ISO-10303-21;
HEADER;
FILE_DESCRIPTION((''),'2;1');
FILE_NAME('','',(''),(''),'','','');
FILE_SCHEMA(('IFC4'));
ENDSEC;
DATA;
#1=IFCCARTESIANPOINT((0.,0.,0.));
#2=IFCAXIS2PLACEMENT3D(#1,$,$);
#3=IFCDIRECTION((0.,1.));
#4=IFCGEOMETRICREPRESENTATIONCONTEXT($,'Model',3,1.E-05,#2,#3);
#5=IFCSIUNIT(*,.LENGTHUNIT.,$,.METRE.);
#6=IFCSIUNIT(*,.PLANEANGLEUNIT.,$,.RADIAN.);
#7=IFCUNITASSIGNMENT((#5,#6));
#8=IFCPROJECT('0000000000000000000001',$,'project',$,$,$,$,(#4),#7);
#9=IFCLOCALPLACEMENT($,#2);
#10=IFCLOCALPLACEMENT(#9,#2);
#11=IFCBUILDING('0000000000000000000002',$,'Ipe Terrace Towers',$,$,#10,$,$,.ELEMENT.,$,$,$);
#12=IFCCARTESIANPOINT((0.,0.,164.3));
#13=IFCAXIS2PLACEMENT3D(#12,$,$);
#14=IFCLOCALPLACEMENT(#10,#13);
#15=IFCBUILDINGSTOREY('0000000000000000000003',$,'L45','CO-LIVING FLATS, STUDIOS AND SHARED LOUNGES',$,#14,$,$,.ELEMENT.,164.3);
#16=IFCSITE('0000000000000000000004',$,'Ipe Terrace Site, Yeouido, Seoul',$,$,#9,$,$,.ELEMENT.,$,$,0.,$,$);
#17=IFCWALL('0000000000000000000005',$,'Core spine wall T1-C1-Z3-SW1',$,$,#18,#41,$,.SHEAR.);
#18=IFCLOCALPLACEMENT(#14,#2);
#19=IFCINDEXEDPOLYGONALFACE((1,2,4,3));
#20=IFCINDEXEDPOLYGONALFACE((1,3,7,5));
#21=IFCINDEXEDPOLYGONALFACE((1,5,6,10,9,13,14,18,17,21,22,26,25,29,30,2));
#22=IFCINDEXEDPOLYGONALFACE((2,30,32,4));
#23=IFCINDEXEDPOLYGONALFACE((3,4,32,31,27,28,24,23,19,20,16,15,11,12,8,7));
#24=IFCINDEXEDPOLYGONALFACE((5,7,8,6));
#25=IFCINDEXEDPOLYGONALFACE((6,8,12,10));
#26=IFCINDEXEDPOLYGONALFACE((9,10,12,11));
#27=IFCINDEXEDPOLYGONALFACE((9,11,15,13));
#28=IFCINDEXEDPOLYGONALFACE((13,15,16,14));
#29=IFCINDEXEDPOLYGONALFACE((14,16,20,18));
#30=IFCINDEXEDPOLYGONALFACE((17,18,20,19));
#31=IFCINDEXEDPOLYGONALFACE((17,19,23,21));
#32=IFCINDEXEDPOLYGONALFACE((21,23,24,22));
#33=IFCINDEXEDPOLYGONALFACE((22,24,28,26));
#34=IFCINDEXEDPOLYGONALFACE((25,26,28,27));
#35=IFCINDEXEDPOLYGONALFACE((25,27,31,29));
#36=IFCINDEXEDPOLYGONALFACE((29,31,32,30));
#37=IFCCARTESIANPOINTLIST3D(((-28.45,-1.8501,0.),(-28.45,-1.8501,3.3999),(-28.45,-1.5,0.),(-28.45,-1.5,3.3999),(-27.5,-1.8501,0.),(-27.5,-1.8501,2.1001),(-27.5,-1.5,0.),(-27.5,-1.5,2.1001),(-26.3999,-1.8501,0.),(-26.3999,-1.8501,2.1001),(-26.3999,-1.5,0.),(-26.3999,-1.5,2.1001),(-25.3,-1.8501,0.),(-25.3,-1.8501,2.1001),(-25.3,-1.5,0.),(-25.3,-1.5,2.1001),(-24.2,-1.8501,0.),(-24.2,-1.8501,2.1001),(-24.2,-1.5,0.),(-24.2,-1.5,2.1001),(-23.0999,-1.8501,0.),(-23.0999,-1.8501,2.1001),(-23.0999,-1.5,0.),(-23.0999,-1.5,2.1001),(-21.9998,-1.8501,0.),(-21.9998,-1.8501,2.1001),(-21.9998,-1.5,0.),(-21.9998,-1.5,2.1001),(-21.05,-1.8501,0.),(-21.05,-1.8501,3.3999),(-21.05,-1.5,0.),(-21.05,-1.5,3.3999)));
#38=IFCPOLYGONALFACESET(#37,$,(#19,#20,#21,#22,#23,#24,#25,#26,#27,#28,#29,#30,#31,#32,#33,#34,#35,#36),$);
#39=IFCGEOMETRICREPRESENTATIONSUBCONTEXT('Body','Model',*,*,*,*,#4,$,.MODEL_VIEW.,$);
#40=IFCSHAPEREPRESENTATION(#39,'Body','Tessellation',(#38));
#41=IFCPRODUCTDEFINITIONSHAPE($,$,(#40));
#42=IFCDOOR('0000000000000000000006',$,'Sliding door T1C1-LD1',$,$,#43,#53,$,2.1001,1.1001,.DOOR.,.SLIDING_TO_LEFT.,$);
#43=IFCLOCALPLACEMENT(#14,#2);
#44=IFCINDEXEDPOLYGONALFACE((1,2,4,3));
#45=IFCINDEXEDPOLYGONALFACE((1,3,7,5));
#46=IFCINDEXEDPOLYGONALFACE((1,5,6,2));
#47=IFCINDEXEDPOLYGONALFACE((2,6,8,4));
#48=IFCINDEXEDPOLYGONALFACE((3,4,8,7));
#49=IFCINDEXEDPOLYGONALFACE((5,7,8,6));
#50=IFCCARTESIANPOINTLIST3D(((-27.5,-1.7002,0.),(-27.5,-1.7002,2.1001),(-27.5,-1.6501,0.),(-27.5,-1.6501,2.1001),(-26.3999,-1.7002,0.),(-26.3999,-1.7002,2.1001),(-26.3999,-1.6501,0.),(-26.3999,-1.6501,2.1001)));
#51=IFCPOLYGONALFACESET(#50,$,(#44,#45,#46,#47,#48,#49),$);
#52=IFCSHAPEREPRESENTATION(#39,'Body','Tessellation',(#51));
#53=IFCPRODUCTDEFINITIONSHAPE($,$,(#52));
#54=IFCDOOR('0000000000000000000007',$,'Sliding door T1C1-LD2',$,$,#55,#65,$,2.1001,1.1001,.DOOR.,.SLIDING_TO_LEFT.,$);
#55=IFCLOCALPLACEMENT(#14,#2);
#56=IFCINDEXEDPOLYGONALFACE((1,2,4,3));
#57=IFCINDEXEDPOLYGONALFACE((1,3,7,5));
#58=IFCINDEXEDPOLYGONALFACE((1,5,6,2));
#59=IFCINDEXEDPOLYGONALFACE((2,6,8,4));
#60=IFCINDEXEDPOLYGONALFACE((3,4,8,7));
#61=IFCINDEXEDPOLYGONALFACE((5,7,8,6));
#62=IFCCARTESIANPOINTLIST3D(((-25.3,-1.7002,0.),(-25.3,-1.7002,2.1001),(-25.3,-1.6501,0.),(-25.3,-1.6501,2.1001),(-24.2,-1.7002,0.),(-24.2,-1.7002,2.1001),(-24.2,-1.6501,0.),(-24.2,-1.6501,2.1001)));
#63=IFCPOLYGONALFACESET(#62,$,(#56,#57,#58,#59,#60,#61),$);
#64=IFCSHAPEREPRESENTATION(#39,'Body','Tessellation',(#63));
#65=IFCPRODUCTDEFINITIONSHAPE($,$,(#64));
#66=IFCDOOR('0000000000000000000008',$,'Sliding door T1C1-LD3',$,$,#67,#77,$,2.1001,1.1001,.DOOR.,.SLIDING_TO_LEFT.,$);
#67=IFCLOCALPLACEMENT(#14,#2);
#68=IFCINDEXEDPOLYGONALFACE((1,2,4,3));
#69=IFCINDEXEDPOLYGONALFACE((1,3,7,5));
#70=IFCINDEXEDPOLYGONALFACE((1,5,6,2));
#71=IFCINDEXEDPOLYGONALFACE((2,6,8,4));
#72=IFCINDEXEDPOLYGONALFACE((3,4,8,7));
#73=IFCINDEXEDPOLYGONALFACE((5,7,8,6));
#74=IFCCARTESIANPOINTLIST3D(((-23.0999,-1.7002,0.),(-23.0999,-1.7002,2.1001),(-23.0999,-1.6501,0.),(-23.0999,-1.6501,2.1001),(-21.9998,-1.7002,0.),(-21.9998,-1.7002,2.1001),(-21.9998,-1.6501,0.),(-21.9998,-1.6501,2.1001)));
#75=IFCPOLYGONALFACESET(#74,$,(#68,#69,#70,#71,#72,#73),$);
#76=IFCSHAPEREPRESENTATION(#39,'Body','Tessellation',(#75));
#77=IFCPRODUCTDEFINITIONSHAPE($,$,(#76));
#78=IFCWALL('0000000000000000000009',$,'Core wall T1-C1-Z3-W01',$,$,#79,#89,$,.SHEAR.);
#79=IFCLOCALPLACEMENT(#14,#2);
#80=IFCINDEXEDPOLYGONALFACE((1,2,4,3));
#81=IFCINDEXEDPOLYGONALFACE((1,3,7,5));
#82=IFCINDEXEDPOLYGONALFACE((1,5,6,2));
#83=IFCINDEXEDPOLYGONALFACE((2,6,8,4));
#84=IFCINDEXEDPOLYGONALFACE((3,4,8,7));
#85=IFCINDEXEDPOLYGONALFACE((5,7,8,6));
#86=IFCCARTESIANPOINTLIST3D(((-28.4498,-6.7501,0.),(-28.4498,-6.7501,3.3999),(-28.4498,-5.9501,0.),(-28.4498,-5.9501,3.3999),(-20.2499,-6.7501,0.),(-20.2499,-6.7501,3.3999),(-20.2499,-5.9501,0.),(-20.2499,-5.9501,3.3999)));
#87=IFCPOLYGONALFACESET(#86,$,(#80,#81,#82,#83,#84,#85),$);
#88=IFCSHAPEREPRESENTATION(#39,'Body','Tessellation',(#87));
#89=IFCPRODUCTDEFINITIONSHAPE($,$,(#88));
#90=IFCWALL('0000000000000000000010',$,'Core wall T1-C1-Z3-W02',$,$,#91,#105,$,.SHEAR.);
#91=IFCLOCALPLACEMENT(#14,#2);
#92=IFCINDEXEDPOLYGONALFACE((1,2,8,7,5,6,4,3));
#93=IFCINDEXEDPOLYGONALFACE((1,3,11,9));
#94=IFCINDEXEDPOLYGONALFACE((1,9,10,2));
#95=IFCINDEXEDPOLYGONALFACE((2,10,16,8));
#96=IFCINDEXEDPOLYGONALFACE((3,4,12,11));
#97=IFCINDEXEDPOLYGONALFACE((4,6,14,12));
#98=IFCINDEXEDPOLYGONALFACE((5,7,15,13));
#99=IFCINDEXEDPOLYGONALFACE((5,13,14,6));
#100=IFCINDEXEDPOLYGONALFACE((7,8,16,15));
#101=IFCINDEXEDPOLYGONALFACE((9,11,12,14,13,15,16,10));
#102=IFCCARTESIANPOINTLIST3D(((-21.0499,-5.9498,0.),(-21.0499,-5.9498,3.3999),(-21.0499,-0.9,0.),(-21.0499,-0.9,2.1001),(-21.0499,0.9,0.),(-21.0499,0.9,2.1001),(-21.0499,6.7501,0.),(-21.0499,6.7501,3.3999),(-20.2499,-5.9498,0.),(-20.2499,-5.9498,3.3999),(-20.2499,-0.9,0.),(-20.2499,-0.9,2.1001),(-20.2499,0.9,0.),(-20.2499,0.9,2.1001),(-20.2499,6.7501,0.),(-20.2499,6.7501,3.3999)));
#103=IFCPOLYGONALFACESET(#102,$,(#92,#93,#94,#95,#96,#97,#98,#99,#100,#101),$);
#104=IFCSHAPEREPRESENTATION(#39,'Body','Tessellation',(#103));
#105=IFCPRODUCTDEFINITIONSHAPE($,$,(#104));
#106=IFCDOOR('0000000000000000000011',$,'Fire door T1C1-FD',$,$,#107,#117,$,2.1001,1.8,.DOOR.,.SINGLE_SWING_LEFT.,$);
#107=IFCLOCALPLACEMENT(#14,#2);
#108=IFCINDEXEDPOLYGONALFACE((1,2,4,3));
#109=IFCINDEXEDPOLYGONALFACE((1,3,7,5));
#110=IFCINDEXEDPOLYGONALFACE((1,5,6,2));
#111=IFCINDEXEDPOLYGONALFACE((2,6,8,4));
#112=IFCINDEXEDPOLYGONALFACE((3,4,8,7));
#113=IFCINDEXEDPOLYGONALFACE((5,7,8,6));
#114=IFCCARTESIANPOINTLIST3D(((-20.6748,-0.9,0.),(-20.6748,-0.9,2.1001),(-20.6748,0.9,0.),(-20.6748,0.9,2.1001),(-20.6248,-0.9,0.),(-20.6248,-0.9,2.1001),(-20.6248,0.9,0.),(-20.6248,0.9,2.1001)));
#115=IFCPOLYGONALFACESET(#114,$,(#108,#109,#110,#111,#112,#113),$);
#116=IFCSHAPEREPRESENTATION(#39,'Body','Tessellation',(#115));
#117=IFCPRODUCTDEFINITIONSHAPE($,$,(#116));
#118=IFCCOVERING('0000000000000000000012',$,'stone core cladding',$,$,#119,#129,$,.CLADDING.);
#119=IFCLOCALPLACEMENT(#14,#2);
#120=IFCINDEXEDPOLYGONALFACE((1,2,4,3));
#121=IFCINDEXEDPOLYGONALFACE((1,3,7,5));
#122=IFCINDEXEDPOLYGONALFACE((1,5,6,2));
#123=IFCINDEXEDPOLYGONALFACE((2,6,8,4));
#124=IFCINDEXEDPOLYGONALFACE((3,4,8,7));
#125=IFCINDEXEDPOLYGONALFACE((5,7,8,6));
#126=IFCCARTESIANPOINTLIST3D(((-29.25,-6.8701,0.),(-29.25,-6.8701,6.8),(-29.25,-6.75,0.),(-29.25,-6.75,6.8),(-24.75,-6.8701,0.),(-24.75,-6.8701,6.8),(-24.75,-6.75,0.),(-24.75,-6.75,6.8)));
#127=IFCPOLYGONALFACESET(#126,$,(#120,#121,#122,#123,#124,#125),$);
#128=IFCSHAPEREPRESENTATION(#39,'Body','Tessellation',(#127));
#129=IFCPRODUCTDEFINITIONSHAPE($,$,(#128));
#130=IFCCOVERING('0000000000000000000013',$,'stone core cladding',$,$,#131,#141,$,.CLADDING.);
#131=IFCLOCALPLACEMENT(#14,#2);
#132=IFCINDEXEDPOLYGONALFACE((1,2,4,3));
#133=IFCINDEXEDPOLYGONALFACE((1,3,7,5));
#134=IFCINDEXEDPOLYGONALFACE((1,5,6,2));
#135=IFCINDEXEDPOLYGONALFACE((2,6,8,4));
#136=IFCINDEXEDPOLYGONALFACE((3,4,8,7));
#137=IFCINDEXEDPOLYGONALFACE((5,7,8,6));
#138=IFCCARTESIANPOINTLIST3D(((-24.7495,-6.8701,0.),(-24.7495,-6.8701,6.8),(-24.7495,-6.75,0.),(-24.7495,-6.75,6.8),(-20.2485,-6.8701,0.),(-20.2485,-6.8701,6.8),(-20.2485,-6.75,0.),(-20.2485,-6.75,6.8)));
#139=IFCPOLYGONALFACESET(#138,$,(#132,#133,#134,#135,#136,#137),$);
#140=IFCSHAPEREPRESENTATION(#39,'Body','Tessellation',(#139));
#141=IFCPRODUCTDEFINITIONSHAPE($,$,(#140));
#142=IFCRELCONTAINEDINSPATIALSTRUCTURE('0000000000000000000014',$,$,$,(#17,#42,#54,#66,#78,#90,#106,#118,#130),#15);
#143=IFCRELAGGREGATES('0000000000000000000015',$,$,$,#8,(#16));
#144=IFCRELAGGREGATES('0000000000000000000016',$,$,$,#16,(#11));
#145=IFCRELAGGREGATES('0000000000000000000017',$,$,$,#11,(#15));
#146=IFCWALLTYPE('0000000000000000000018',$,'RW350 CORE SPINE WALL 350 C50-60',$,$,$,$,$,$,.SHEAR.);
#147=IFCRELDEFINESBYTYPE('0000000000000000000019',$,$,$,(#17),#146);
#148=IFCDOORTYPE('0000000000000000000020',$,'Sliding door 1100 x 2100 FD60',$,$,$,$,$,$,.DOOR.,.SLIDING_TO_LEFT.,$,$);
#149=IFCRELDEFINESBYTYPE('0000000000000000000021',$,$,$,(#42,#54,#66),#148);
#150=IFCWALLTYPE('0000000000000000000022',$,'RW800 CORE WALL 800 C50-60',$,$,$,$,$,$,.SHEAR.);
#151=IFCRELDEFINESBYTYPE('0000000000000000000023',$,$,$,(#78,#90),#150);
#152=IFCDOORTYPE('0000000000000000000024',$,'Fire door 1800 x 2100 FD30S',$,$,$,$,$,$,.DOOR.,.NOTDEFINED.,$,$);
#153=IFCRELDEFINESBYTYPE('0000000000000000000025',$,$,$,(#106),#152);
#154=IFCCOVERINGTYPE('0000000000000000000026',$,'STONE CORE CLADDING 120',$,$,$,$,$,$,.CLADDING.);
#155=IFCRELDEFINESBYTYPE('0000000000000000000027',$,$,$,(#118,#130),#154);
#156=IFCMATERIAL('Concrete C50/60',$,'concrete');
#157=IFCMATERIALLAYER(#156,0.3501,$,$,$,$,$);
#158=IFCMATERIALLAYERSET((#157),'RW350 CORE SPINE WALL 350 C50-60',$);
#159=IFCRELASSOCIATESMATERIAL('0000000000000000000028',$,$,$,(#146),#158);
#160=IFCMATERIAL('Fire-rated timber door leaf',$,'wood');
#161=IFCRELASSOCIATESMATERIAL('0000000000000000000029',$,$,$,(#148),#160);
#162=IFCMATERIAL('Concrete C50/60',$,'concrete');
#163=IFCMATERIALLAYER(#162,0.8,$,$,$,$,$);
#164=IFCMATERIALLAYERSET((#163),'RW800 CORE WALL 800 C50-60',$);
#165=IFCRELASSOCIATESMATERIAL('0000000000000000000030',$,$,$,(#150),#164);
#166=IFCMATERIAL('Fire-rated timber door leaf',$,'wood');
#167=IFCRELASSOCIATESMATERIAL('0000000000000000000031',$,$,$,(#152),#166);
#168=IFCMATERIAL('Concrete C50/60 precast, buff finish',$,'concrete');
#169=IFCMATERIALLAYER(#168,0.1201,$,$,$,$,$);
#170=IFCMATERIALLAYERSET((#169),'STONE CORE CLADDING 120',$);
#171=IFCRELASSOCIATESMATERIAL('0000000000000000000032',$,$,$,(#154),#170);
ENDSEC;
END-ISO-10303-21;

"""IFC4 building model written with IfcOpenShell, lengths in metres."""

from ifc_helpers import new_model, si_unit, direction, frame, frame_2d, origin, origin_2d, place, context, subcontext, project, spatial, rectangle, extrude, material, layer, layer_set, type_object, element, fill, save


model = new_model("IFC4")

# Units and contexts
model_context = context("Model", 3, precision=1e-05, world=origin(), true_north=direction((0.0, 1.0)))
body_context = subcontext(model_context, "Body", "Model", "MODEL_VIEW")
ifc_project = project(units=[si_unit("LENGTHUNIT", "METRE"), si_unit("PLANEANGLEUNIT", "RADIAN")], contexts=[model_context])

# Site, building, storey
site_placement = place(None, origin())
site = spatial("IfcSite", under=ifc_project, at=site_placement, Name="Ipe Terrace Site, Yeouido, Seoul", CompositionType="ELEMENT", RefElevation=0.0)
building_placement = place(site_placement, origin())
building = spatial("IfcBuilding", under=site, at=building_placement, Name="Ipe Terrace Towers", CompositionType="ELEMENT")
storey_placement = place(building_placement, frame((0.0, 0.0, 164.3)))
storey = spatial("IfcBuildingStorey", under=building, at=storey_placement, Name="L45", Description="CO-LIVING FLATS, STUDIOS AND SHARED LOUNGES", CompositionType="ELEMENT", Elevation=164.3)

# Wall, openings, doors
ifc_material_1 = material(Name="Concrete C50/60", Category="concrete")
ifc_layer_1 = layer(ifc_material_1, 0.3501)
ifc_layer_set_1 = layer_set([ifc_layer_1], Name="RW350 CORE SPINE WALL 350 C50-60")
wall_type_1 = type_object("IfcWallType", Name="RW350 CORE SPINE WALL 350 C50-60", PredefinedType="SHEAR", material=ifc_layer_set_1)
wall_1_placement = place(storey_placement, frame((-28.45, -1.675, 0.0), z_axis=(0.0, 0.0, 1.0), x_axis=(1.0, 0.0, 0.0)))
wall_1 = element("IfcWall", 1, at=wall_1_placement, inside=storey, type_object=wall_type_1, Name="Core spine wall T1-C1-Z3-SW1", PredefinedType="SHEAR", context=body_context, shape_type="SweptSolid", body=[
    extrude(rectangle(XDim=7.3999, YDim=0.3501, at=frame_2d((3.7, 0.0))), origin(), (0.0, 0.0, 1.0), 3.3999),
])
opening_1_placement = place(wall_1_placement, frame((0.95, 0.0, 0.0)))
opening_1 = element("IfcOpeningElement", 2, at=opening_1_placement, cuts=wall_1, PredefinedType="OPENING", context=body_context, shape_type="SweptSolid", body=[
    extrude(rectangle(XDim=1.1001, YDim=2.1001, at=frame_2d((0.55, 1.05))), frame((0.0, 0.1851, 0.0), z_axis=(0.0, -1.0, 0.0), x_axis=(1.0, 0.0, 0.0)), (0.0, 0.0, 1.0), 0.3701),
])
opening_2_placement = place(wall_1_placement, frame((3.1499, 0.0, 0.0)))
opening_2 = element("IfcOpeningElement", 3, at=opening_2_placement, cuts=wall_1, PredefinedType="OPENING", context=body_context, shape_type="SweptSolid", body=[
    extrude(rectangle(XDim=1.1001, YDim=2.1001, at=frame_2d((0.55, 1.05))), frame((0.0, 0.1851, 0.0), z_axis=(0.0, -1.0, 0.0), x_axis=(1.0, 0.0, 0.0)), (0.0, 0.0, 1.0), 0.3701),
])
opening_3_placement = place(wall_1_placement, frame((5.3501, 0.0, 0.0)))
opening_3 = element("IfcOpeningElement", 4, at=opening_3_placement, cuts=wall_1, PredefinedType="OPENING", context=body_context, shape_type="SweptSolid", body=[
    extrude(rectangle(XDim=1.1001, YDim=2.1001, at=frame_2d((0.55, 1.05))), frame((0.0, 0.1851, 0.0), z_axis=(0.0, -1.0, 0.0), x_axis=(1.0, 0.0, 0.0)), (0.0, 0.0, 1.0), 0.3701),
])
ifc_material_2 = material(Name="Fire-rated timber door leaf", Category="wood")
door_type_1 = type_object("IfcDoorType", Name="Sliding door 1100 x 2100 FD60", OperationType="SLIDING_TO_LEFT", PredefinedType="DOOR", material=ifc_material_2)
door_1_placement = place(opening_1_placement, origin())
door_1 = element("IfcDoor", 5, at=door_1_placement, inside=storey, type_object=door_type_1, Name="Sliding door T1C1-LD1", OperationType="SLIDING_TO_LEFT", OverallHeight=2.1001, OverallWidth=1.1001, PredefinedType="DOOR", context=body_context, shape_type="SweptSolid", body=[
    extrude(rectangle(XDim=1.1001, YDim=2.1001, at=frame_2d((0.55, 1.05))), frame((0.0, 0.0249, 0.0), z_axis=(0.0, -1.0, 0.0), x_axis=(1.0, 0.0, 0.0)), (0.0, 0.0, 1.0), 0.05),
])
fill(opening_1, door_1)
door_2_placement = place(opening_2_placement, origin())
door_2 = element("IfcDoor", 6, at=door_2_placement, inside=storey, type_object=door_type_1, Name="Sliding door T1C1-LD2", OperationType="SLIDING_TO_LEFT", OverallHeight=2.1001, OverallWidth=1.1001, PredefinedType="DOOR", context=body_context, shape_type="SweptSolid", body=[
    extrude(rectangle(XDim=1.1001, YDim=2.1001, at=frame_2d((0.55, 1.05))), frame((0.0, 0.0249, 0.0), z_axis=(0.0, -1.0, 0.0), x_axis=(1.0, 0.0, 0.0)), (0.0, 0.0, 1.0), 0.05),
])
fill(opening_2, door_2)
door_3_placement = place(opening_3_placement, origin())
door_3 = element("IfcDoor", 7, at=door_3_placement, inside=storey, type_object=door_type_1, Name="Sliding door T1C1-LD3", OperationType="SLIDING_TO_LEFT", OverallHeight=2.1001, OverallWidth=1.1001, PredefinedType="DOOR", context=body_context, shape_type="SweptSolid", body=[
    extrude(rectangle(XDim=1.1001, YDim=2.1001, at=frame_2d((0.55, 1.05))), frame((0.0, 0.0249, 0.0), z_axis=(0.0, -1.0, 0.0), x_axis=(1.0, 0.0, 0.0)), (0.0, 0.0, 1.0), 0.05),
])
fill(opening_3, door_3)

# Wall
ifc_material_3 = material(Name="Concrete C50/60", Category="concrete")
ifc_layer_2 = layer(ifc_material_3, 0.8)
ifc_layer_set_2 = layer_set([ifc_layer_2], Name="RW800 CORE WALL 800 C50-60")
wall_type_2 = type_object("IfcWallType", Name="RW800 CORE WALL 800 C50-60", PredefinedType="SHEAR", material=ifc_layer_set_2)
wall_2_placement = place(storey_placement, frame((-28.45, -6.3501, 0.0), z_axis=(0.0, 0.0, 1.0), x_axis=(1.0, 0.0, 0.0)))
element("IfcWall", 8, at=wall_2_placement, inside=storey, type_object=wall_type_2, Name="Core wall T1-C1-Z3-W01", PredefinedType="SHEAR", context=body_context, shape_type="SweptSolid", body=[
    extrude(rectangle(XDim=8.2, YDim=0.8, at=frame_2d((4.1001, 0.0))), origin(), (0.0, 0.0, 1.0), 3.3999),
])

# Wall, opening, door
wall_3_placement = place(storey_placement, frame((-20.6499, -5.95, 0.0), z_axis=(0.0, 0.0, 1.0), x_axis=(0.0, 1.0, 0.0)))
wall_3 = element("IfcWall", 9, at=wall_3_placement, inside=storey, type_object=wall_type_2, Name="Core wall T1-C1-Z3-W02", PredefinedType="SHEAR", context=body_context, shape_type="SweptSolid", body=[
    extrude(rectangle(XDim=12.7, YDim=0.8, at=frame_2d((6.3501, 0.0))), origin(), (0.0, 0.0, 1.0), 3.3999),
])
opening_4_placement = place(wall_3_placement, frame((5.05, 0.0, 0.0)))
opening_4 = element("IfcOpeningElement", 10, at=opening_4_placement, cuts=wall_3, PredefinedType="OPENING", context=body_context, shape_type="SweptSolid", body=[
    extrude(rectangle(XDim=1.8, YDim=2.1001, at=frame_2d((0.8999, 1.05))), frame((0.0, 0.4102, 0.0), z_axis=(0.0, -1.0, 0.0), x_axis=(1.0, 0.0, 0.0)), (0.0, 0.0, 1.0), 0.8201),
])
ifc_material_4 = material(Name="Fire-rated timber door leaf", Category="wood")
door_type_2 = type_object("IfcDoorType", Name="Fire door 1800 x 2100 FD30S", OperationType="NOTDEFINED", PredefinedType="DOOR", material=ifc_material_4)
door_4_placement = place(opening_4_placement, origin())
door_4 = element("IfcDoor", 11, at=door_4_placement, inside=storey, type_object=door_type_2, Name="Fire door T1C1-FD", OperationType="SINGLE_SWING_LEFT", OverallHeight=2.1001, OverallWidth=1.8, PredefinedType="DOOR", context=body_context, shape_type="SweptSolid", body=[
    extrude(rectangle(XDim=1.8, YDim=2.1001, at=frame_2d((0.8999, 1.05))), frame((0.0, 0.0249, 0.0), z_axis=(0.0, -1.0, 0.0), x_axis=(1.0, 0.0, 0.0)), (0.0, 0.0, 1.0), 0.05),
])
fill(opening_4, door_4)

# Coverings
ifc_material_5 = material(Name="Concrete C50/60 precast, buff finish", Category="concrete")
ifc_layer_3 = layer(ifc_material_5, 0.1201)
ifc_layer_set_3 = layer_set([ifc_layer_3], Name="STONE CORE CLADDING 120")
covering_type = type_object("IfcCoveringType", Name="STONE CORE CLADDING 120", PredefinedType="CLADDING", material=ifc_layer_set_3)
covering_1_placement = place(storey_placement, frame((-27.0, -6.8101, 0.0), z_axis=(0.0, 0.0, 1.0), x_axis=(1.0, 0.0, 0.0)))
element("IfcCovering", 12, at=covering_1_placement, inside=storey, type_object=covering_type, Name="stone core cladding", PredefinedType="CLADDING", context=body_context, shape_type="SweptSolid", body=[
    extrude(rectangle(XDim=4.5, YDim=0.1201, at=origin_2d()), origin(), (0.0, 0.0, 1.0), 6.8),
])
covering_2_placement = place(storey_placement, frame((-22.499, -6.8101, 0.0), z_axis=(0.0, 0.0, 1.0), x_axis=(1.0, 0.0, 0.0)))
element("IfcCovering", 13, at=covering_2_placement, inside=storey, type_object=covering_type, Name="stone core cladding", PredefinedType="CLADDING", context=body_context, shape_type="SweptSolid", body=[
    extrude(rectangle(XDim=4.501, YDim=0.1201, at=origin_2d()), origin(), (0.0, 0.0, 1.0), 6.8),
])

save(model, "model.ifc")
